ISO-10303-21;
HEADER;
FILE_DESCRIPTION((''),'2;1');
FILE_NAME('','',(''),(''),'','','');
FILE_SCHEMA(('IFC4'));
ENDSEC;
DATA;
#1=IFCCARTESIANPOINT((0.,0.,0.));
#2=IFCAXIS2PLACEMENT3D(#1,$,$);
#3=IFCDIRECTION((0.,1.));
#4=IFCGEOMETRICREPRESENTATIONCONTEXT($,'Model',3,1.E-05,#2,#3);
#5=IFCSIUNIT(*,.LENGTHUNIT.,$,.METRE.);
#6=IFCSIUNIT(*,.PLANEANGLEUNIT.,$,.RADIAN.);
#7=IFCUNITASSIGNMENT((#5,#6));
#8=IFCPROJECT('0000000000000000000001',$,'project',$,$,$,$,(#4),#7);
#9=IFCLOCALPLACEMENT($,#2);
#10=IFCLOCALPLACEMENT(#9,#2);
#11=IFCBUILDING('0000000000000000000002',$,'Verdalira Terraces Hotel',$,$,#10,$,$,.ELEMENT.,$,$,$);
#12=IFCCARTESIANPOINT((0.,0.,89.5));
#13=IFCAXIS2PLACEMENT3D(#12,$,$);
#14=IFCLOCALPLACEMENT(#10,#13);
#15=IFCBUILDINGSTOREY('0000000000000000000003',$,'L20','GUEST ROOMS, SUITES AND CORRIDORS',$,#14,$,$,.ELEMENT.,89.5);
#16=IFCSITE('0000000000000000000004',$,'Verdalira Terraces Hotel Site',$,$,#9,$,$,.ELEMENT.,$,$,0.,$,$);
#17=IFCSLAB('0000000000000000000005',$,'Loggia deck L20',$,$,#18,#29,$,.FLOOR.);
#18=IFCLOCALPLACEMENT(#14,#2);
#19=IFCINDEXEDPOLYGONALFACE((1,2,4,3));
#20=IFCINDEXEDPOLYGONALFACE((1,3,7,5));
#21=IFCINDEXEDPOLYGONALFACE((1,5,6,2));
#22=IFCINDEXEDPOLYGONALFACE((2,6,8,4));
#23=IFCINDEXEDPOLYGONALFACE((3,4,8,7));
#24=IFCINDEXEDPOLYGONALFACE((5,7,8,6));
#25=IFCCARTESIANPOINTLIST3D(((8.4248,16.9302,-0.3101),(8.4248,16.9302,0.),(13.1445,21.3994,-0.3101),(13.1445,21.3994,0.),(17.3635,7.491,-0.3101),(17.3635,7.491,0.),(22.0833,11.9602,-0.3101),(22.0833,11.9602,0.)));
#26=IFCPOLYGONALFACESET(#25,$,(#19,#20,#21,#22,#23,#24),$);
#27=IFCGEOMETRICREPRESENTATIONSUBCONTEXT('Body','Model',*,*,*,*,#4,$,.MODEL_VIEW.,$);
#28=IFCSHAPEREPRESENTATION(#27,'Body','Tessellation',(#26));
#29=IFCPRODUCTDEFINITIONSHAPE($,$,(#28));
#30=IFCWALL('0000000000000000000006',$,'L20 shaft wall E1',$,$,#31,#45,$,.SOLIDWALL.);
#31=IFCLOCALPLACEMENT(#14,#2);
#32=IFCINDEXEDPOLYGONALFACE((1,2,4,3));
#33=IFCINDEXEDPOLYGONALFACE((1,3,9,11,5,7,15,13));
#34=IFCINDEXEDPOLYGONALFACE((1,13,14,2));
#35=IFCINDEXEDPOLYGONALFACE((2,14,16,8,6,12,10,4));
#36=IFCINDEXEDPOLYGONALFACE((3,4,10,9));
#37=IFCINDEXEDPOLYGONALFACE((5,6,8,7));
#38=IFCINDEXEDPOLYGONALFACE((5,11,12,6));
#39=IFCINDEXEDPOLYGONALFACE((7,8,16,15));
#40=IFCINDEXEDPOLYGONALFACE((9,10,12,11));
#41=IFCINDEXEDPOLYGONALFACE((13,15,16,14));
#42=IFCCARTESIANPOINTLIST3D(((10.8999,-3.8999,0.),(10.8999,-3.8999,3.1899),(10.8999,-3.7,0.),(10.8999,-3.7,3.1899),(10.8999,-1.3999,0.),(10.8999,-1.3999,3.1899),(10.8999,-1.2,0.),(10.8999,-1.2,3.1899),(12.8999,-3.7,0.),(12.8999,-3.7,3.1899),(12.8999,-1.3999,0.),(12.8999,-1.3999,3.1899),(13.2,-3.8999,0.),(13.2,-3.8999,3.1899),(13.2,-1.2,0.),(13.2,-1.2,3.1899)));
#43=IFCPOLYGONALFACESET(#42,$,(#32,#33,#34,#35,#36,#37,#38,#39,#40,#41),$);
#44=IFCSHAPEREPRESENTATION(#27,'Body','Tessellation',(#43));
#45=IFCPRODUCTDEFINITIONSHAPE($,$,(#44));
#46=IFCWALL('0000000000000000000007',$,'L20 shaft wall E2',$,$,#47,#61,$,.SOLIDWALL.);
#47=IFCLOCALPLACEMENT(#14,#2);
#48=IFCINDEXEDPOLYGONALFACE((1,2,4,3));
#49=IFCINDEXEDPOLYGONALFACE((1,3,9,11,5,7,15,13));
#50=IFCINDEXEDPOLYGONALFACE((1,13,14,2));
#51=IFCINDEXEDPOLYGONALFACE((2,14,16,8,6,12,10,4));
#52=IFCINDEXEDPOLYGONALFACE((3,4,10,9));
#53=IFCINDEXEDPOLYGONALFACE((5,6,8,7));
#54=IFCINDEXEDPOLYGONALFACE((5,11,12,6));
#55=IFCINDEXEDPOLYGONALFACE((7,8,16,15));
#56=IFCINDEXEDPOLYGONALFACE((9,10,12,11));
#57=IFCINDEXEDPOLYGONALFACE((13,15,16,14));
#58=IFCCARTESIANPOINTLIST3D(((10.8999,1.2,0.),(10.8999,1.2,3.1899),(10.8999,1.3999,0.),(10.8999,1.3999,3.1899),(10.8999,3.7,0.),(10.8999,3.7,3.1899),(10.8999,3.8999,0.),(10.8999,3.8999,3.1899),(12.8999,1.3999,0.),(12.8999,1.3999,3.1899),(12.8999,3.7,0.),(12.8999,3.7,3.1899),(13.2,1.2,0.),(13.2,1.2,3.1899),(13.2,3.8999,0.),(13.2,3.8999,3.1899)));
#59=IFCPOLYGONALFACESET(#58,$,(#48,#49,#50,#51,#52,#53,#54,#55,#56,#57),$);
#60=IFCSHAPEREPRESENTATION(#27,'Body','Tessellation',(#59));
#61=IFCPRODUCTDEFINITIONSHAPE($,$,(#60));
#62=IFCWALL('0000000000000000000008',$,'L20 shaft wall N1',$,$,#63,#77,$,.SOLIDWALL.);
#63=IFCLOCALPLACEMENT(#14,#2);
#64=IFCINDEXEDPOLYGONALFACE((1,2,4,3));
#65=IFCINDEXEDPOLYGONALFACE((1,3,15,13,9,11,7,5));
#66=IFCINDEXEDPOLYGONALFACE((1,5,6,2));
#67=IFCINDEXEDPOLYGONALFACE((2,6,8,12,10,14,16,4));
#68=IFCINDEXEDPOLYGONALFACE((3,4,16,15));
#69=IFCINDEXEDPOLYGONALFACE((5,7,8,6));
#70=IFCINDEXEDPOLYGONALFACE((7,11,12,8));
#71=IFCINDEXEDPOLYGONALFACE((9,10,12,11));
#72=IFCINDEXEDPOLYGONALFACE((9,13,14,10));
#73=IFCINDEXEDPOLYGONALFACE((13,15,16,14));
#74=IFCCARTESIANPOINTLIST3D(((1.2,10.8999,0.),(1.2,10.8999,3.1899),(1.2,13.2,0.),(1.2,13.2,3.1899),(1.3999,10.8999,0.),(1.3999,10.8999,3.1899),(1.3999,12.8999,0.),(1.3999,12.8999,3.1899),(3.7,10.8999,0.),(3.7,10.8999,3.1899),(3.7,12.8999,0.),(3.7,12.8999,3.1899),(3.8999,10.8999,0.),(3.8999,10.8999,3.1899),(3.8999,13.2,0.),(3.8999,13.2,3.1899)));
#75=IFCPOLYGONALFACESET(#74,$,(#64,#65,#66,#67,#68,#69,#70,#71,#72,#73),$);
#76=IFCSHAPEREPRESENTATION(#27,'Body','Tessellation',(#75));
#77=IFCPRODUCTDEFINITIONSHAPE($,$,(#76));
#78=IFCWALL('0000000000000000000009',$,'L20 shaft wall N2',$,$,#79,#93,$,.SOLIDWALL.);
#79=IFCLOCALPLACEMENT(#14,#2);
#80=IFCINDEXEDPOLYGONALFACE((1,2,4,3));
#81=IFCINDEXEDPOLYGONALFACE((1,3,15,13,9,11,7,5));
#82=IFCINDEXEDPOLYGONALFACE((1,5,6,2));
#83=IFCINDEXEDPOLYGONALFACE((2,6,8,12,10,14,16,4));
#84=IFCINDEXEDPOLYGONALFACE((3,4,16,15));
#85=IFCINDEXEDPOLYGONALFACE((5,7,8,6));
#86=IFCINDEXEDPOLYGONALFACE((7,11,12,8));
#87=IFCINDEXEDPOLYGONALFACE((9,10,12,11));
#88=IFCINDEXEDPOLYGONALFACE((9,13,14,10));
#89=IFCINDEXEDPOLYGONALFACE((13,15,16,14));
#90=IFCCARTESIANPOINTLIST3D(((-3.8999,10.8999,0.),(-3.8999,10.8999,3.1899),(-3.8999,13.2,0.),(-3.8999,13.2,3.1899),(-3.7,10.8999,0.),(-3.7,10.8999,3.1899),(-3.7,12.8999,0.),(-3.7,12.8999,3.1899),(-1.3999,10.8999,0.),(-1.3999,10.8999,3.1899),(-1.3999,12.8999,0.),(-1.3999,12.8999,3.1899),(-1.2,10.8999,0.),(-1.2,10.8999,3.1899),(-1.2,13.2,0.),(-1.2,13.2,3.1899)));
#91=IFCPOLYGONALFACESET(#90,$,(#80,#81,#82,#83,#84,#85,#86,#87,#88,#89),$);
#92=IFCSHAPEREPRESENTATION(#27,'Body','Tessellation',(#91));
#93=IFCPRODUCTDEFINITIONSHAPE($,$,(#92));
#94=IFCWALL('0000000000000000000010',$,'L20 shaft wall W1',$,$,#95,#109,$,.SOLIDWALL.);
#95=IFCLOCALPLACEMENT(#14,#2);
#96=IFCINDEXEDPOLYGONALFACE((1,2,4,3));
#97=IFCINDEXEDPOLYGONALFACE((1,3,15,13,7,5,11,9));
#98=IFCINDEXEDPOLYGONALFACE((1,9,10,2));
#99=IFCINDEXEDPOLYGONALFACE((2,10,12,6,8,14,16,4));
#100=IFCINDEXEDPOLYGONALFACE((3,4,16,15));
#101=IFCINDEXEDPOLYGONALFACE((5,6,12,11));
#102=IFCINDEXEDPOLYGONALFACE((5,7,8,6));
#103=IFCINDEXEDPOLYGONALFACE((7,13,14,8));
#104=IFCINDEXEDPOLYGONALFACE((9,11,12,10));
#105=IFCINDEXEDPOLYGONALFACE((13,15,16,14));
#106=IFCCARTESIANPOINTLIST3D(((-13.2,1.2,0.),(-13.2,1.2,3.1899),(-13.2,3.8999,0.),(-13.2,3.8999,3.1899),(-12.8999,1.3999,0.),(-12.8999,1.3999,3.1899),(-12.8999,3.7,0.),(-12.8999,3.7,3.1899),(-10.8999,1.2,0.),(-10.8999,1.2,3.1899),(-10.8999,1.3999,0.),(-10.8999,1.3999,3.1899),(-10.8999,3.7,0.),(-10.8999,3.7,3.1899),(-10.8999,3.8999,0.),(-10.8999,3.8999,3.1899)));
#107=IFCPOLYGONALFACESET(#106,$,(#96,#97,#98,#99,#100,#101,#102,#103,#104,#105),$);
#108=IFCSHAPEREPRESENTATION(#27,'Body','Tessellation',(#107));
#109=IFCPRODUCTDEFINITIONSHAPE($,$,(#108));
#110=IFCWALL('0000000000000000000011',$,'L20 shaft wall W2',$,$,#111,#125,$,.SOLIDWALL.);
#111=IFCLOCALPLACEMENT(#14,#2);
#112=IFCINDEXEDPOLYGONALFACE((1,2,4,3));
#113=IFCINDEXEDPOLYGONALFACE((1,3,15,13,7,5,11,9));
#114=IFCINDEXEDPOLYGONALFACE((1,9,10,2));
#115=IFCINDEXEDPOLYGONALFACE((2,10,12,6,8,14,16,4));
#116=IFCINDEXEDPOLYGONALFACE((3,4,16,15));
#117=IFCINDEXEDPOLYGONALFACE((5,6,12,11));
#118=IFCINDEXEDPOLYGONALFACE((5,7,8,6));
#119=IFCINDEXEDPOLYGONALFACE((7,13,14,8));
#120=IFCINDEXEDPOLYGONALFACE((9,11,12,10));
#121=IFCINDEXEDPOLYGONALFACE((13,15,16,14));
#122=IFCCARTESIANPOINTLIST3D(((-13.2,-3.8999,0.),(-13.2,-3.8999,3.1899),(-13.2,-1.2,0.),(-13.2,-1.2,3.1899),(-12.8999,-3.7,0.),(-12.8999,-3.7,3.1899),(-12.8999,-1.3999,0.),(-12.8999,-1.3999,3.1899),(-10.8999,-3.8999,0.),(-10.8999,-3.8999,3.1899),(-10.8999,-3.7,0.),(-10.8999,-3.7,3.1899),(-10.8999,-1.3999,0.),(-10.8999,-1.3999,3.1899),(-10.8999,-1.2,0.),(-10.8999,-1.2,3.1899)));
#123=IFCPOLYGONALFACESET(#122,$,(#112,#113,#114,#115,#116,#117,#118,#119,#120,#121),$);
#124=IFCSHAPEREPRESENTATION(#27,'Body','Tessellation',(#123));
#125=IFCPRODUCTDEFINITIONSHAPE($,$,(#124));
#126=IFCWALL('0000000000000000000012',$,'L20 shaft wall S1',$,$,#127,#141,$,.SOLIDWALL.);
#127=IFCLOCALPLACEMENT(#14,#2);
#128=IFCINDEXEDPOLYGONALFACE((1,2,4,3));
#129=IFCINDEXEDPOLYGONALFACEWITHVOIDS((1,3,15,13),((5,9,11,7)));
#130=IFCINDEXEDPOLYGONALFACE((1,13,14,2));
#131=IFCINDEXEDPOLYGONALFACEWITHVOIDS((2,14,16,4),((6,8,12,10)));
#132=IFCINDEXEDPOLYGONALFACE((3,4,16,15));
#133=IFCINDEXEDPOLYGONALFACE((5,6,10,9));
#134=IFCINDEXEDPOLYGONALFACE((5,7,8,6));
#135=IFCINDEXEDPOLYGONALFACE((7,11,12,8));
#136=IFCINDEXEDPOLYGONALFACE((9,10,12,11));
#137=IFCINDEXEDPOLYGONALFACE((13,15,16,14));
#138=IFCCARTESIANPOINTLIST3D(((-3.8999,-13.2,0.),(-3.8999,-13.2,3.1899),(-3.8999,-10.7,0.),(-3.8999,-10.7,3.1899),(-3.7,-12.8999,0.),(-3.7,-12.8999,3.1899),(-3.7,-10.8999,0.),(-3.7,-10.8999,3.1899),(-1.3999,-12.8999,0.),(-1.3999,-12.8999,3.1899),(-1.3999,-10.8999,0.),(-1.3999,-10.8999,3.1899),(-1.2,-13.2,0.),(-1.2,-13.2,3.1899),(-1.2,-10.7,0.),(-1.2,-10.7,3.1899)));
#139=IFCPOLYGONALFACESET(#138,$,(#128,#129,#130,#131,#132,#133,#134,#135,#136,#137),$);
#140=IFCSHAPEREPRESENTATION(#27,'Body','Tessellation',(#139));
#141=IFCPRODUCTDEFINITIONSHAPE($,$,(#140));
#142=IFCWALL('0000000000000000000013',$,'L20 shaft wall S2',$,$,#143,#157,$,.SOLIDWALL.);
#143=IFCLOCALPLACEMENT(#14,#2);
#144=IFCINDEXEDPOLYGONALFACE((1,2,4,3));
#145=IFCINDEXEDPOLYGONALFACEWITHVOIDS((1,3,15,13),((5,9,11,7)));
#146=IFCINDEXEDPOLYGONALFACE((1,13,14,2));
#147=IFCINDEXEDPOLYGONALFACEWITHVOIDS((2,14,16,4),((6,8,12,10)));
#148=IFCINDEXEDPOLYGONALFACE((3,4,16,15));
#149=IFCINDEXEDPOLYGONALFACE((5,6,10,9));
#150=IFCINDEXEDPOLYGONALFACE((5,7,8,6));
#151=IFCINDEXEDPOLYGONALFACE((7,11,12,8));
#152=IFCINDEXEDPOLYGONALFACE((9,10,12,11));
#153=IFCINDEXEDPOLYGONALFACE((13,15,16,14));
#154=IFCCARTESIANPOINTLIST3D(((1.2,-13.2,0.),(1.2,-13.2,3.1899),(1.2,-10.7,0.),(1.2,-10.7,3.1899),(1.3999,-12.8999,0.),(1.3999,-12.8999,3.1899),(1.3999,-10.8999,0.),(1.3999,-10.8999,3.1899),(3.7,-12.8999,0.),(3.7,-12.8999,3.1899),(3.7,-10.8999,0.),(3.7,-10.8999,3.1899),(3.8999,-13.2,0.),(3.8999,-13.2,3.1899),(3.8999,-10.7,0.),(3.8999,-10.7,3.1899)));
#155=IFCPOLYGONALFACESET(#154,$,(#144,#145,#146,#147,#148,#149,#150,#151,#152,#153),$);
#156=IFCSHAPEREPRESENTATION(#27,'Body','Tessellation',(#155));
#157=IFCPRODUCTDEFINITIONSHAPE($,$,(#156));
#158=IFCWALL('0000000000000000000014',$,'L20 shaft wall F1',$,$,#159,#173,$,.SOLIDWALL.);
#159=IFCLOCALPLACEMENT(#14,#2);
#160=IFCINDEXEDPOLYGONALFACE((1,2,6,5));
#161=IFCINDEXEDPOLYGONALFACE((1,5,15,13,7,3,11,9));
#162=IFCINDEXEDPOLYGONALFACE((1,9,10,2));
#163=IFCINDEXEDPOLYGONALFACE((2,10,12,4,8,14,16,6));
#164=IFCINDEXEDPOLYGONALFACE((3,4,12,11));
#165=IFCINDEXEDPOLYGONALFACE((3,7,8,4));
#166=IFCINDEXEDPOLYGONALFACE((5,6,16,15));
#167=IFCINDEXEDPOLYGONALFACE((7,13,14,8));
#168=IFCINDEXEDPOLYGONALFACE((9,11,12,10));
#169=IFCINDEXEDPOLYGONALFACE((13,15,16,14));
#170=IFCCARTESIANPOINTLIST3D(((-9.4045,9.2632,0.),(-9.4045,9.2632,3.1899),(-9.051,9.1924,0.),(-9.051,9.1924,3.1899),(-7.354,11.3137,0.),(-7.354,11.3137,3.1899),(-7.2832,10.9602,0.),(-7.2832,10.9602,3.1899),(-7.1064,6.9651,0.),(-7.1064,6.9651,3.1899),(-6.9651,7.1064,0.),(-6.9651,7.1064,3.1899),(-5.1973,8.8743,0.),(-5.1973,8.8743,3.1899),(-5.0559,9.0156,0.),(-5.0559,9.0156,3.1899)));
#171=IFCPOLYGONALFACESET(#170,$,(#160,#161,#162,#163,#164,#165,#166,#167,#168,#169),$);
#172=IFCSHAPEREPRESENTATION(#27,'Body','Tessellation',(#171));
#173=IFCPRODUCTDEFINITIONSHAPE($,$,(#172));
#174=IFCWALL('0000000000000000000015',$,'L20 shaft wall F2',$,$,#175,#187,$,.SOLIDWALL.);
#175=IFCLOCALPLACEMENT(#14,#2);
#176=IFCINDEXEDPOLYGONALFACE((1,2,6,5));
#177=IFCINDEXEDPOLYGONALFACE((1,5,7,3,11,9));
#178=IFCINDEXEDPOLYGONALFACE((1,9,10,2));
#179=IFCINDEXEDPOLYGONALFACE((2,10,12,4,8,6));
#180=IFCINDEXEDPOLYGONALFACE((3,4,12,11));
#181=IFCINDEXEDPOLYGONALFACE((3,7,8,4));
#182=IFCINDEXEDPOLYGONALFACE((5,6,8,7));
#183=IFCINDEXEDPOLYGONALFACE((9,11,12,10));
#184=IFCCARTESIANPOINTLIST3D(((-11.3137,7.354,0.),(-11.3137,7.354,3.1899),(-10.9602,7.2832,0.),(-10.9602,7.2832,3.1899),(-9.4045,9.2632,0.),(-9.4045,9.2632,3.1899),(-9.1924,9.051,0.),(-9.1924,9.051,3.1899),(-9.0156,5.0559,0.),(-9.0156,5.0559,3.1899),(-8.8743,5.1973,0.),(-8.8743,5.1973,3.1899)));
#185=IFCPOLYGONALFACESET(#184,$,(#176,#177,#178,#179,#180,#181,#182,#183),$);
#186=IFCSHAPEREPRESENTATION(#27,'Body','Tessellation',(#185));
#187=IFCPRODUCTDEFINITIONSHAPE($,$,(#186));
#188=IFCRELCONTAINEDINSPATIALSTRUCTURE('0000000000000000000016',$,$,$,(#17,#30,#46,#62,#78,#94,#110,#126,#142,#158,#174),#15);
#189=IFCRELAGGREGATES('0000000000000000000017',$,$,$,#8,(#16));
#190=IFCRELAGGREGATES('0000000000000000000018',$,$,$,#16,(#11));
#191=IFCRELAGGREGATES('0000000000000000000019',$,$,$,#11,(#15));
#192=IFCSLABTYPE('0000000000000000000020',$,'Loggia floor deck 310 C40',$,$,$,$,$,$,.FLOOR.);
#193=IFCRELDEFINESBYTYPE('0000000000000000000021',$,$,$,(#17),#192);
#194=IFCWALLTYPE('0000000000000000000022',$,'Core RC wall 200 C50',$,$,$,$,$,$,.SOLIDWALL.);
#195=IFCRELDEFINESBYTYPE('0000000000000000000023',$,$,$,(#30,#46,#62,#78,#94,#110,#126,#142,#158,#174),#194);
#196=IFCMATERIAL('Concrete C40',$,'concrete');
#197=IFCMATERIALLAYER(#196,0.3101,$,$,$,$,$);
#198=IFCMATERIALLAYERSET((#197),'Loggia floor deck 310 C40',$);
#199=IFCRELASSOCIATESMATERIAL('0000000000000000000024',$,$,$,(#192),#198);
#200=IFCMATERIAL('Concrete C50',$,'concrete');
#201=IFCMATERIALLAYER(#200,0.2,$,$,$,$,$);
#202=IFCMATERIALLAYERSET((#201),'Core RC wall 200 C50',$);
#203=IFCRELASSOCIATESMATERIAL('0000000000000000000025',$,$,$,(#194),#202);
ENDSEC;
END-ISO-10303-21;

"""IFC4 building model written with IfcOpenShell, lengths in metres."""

from ifc_helpers import new_model, si_unit, direction, frame, origin, place, context, subcontext, project, spatial, polyline, outline, extrude, material, layer, layer_set, type_object, element, save


model = new_model("IFC4")

# Units and contexts
model_context = context("Model", 3, precision=1e-05, world=origin(), true_north=direction((0.0, 1.0)))
body_context = subcontext(model_context, "Body", "Model", "MODEL_VIEW")
ifc_project = project(units=[si_unit("LENGTHUNIT", "METRE"), si_unit("PLANEANGLEUNIT", "RADIAN")], contexts=[model_context])

# Site, building, storey
site_placement = place(None, origin())
site = spatial("IfcSite", under=ifc_project, at=site_placement, Name="Verdalira Terraces Hotel Site", CompositionType="ELEMENT", RefElevation=0.0)
building_placement = place(site_placement, origin())
building = spatial("IfcBuilding", under=site, at=building_placement, Name="Verdalira Terraces Hotel", CompositionType="ELEMENT")
storey_placement = place(building_placement, frame((0.0, 0.0, 89.5)))
storey = spatial("IfcBuildingStorey", under=building, at=storey_placement, Name="L20", Description="GUEST ROOMS, SUITES AND CORRIDORS", CompositionType="ELEMENT", Elevation=89.5)

# Slab
ifc_material_1 = material(Name="Concrete C40", Category="concrete")
ifc_layer_1 = layer(ifc_material_1, 0.3101)
ifc_layer_set_1 = layer_set([ifc_layer_1], Name="Loggia floor deck 310 C40")
slab_type_1 = type_object("IfcSlabType", Name="Loggia floor deck 310 C40", PredefinedType="FLOOR", material=ifc_layer_set_1)
slab_1_placement = place(storey_placement, frame((0.0, 0.0, -0.3101)))
element("IfcSlab", 1, at=slab_1_placement, inside=storey, type_object=slab_type_1, Name="Loggia deck L20", PredefinedType="FLOOR", context=body_context, shape_type="SweptSolid", body=[
    extrude(outline(polyline([(17.3635, 7.491), (22.0833, 11.9602), (13.1445, 21.3994), (8.4248, 16.9302), (17.3635, 7.491)])), origin(), (0.0, 0.0, 1.0), 0.3101),
])

# Walls
ifc_material_2 = material(Name="Concrete C50", Category="concrete")
ifc_layer_2 = layer(ifc_material_2, 0.2)
ifc_layer_set_2 = layer_set([ifc_layer_2], Name="Core RC wall 200 C50")
wall_type = type_object("IfcWallType", Name="Core RC wall 200 C50", PredefinedType="SOLIDWALL", material=ifc_layer_set_2)
wall_1_placement = place(storey_placement, origin())
element("IfcWall", 2, at=wall_1_placement, inside=storey, type_object=wall_type, Name="L20 shaft wall E1", PredefinedType="SOLIDWALL", context=body_context, shape_type="SweptSolid", body=[
    extrude(outline(polyline([(13.2, -3.8999), (10.8999, -3.8999), (10.8999, -3.7), (12.8999, -3.7), (12.8999, -1.3999), (10.8999, -1.3999), (10.8999, -1.2), (13.2, -1.2), (13.2, -3.8999)])), origin(), (0.0, 0.0, 1.0), 3.1899),
])
wall_2_placement = place(storey_placement, origin())
element("IfcWall", 3, at=wall_2_placement, inside=storey, type_object=wall_type, Name="L20 shaft wall E2", PredefinedType="SOLIDWALL", context=body_context, shape_type="SweptSolid", body=[
    extrude(outline(polyline([(13.2, 3.8999), (13.2, 1.2), (10.8999, 1.2), (10.8999, 1.3999), (12.8999, 1.3999), (12.8999, 3.7), (10.8999, 3.7), (10.8999, 3.8999), (13.2, 3.8999)])), origin(), (0.0, 0.0, 1.0), 3.1899),
])
wall_3_placement = place(storey_placement, origin())
element("IfcWall", 4, at=wall_3_placement, inside=storey, type_object=wall_type, Name="L20 shaft wall N1", PredefinedType="SOLIDWALL", context=body_context, shape_type="SweptSolid", body=[
    extrude(outline(polyline([(3.8999, 13.2), (3.8999, 10.8999), (3.7, 10.8999), (3.7, 12.8999), (1.3999, 12.8999), (1.3999, 10.8999), (1.2, 10.8999), (1.2, 13.2), (3.8999, 13.2)])), origin(), (0.0, 0.0, 1.0), 3.1899),
])
wall_4_placement = place(storey_placement, origin())
element("IfcWall", 5, at=wall_4_placement, inside=storey, type_object=wall_type, Name="L20 shaft wall N2", PredefinedType="SOLIDWALL", context=body_context, shape_type="SweptSolid", body=[
    extrude(outline(polyline([(-3.8999, 10.8999), (-3.8999, 13.2), (-1.2, 13.2), (-1.2, 10.8999), (-1.3999, 10.8999), (-1.3999, 12.8999), (-3.7, 12.8999), (-3.7, 10.8999), (-3.8999, 10.8999)])), origin(), (0.0, 0.0, 1.0), 3.1899),
])
wall_5_placement = place(storey_placement, origin())
element("IfcWall", 6, at=wall_5_placement, inside=storey, type_object=wall_type, Name="L20 shaft wall W1", PredefinedType="SOLIDWALL", context=body_context, shape_type="SweptSolid", body=[
    extrude(outline(polyline([(-13.2, 3.8999), (-10.8999, 3.8999), (-10.8999, 3.7), (-12.8999, 3.7), (-12.8999, 1.3999), (-10.8999, 1.3999), (-10.8999, 1.2), (-13.2, 1.2), (-13.2, 3.8999)])), origin(), (0.0, 0.0, 1.0), 3.1899),
])
wall_6_placement = place(storey_placement, origin())
element("IfcWall", 7, at=wall_6_placement, inside=storey, type_object=wall_type, Name="L20 shaft wall W2", PredefinedType="SOLIDWALL", context=body_context, shape_type="SweptSolid", body=[
    extrude(outline(polyline([(-13.2, -3.8999), (-13.2, -1.2), (-10.8999, -1.2), (-10.8999, -1.3999), (-12.8999, -1.3999), (-12.8999, -3.7), (-10.8999, -3.7), (-10.8999, -3.8999), (-13.2, -3.8999)])), origin(), (0.0, 0.0, 1.0), 3.1899),
])
wall_7_placement = place(storey_placement, origin())
element("IfcWall", 8, at=wall_7_placement, inside=storey, type_object=wall_type, Name="L20 shaft wall S1", PredefinedType="SOLIDWALL", context=body_context, shape_type="SweptSolid", body=[
    extrude(outline(polyline([(-1.2, -13.2), (-3.8999, -13.2), (-3.8999, -10.7), (-1.2, -10.7), (-1.2, -13.2)]), holes=[polyline([(-3.7, -10.8999), (-3.7, -12.8999), (-1.3999, -12.8999), (-1.3999, -10.8999), (-3.7, -10.8999)])]), origin(), (0.0, 0.0, 1.0), 3.1899),
])
wall_8_placement = place(storey_placement, origin())
element("IfcWall", 9, at=wall_8_placement, inside=storey, type_object=wall_type, Name="L20 shaft wall S2", PredefinedType="SOLIDWALL", context=body_context, shape_type="SweptSolid", body=[
    extrude(outline(polyline([(3.8999, -10.7), (3.8999, -13.2), (1.2, -13.2), (1.2, -10.7), (3.8999, -10.7)]), holes=[polyline([(1.3999, -12.8999), (3.7, -12.8999), (3.7, -10.8999), (1.3999, -10.8999), (1.3999, -12.8999)])]), origin(), (0.0, 0.0, 1.0), 3.1899),
])
wall_9_placement = place(storey_placement, origin())
element("IfcWall", 10, at=wall_9_placement, inside=storey, type_object=wall_type, Name="L20 shaft wall F1", PredefinedType="SOLIDWALL", context=body_context, shape_type="SweptSolid", body=[
    extrude(outline(polyline([(-9.4045, 9.2632), (-7.354, 11.3137), (-5.0559, 9.0156), (-5.1973, 8.8743), (-7.2832, 10.9602), (-9.051, 9.1924), (-6.9651, 7.1064), (-7.1064, 6.9651), (-9.4045, 9.2632)])), origin(), (0.0, 0.0, 1.0), 3.1899),
])
wall_10_placement = place(storey_placement, origin())
element("IfcWall", 11, at=wall_10_placement, inside=storey, type_object=wall_type, Name="L20 shaft wall F2", PredefinedType="SOLIDWALL", context=body_context, shape_type="SweptSolid", body=[
    extrude(outline(polyline([(-11.3137, 7.354), (-9.4045, 9.2632), (-9.1924, 9.051), (-10.9602, 7.2832), (-8.8743, 5.1973), (-9.0156, 5.0559), (-11.3137, 7.354)])), origin(), (0.0, 0.0, 1.0), 3.1899),
])

save(model, "model.ifc")
